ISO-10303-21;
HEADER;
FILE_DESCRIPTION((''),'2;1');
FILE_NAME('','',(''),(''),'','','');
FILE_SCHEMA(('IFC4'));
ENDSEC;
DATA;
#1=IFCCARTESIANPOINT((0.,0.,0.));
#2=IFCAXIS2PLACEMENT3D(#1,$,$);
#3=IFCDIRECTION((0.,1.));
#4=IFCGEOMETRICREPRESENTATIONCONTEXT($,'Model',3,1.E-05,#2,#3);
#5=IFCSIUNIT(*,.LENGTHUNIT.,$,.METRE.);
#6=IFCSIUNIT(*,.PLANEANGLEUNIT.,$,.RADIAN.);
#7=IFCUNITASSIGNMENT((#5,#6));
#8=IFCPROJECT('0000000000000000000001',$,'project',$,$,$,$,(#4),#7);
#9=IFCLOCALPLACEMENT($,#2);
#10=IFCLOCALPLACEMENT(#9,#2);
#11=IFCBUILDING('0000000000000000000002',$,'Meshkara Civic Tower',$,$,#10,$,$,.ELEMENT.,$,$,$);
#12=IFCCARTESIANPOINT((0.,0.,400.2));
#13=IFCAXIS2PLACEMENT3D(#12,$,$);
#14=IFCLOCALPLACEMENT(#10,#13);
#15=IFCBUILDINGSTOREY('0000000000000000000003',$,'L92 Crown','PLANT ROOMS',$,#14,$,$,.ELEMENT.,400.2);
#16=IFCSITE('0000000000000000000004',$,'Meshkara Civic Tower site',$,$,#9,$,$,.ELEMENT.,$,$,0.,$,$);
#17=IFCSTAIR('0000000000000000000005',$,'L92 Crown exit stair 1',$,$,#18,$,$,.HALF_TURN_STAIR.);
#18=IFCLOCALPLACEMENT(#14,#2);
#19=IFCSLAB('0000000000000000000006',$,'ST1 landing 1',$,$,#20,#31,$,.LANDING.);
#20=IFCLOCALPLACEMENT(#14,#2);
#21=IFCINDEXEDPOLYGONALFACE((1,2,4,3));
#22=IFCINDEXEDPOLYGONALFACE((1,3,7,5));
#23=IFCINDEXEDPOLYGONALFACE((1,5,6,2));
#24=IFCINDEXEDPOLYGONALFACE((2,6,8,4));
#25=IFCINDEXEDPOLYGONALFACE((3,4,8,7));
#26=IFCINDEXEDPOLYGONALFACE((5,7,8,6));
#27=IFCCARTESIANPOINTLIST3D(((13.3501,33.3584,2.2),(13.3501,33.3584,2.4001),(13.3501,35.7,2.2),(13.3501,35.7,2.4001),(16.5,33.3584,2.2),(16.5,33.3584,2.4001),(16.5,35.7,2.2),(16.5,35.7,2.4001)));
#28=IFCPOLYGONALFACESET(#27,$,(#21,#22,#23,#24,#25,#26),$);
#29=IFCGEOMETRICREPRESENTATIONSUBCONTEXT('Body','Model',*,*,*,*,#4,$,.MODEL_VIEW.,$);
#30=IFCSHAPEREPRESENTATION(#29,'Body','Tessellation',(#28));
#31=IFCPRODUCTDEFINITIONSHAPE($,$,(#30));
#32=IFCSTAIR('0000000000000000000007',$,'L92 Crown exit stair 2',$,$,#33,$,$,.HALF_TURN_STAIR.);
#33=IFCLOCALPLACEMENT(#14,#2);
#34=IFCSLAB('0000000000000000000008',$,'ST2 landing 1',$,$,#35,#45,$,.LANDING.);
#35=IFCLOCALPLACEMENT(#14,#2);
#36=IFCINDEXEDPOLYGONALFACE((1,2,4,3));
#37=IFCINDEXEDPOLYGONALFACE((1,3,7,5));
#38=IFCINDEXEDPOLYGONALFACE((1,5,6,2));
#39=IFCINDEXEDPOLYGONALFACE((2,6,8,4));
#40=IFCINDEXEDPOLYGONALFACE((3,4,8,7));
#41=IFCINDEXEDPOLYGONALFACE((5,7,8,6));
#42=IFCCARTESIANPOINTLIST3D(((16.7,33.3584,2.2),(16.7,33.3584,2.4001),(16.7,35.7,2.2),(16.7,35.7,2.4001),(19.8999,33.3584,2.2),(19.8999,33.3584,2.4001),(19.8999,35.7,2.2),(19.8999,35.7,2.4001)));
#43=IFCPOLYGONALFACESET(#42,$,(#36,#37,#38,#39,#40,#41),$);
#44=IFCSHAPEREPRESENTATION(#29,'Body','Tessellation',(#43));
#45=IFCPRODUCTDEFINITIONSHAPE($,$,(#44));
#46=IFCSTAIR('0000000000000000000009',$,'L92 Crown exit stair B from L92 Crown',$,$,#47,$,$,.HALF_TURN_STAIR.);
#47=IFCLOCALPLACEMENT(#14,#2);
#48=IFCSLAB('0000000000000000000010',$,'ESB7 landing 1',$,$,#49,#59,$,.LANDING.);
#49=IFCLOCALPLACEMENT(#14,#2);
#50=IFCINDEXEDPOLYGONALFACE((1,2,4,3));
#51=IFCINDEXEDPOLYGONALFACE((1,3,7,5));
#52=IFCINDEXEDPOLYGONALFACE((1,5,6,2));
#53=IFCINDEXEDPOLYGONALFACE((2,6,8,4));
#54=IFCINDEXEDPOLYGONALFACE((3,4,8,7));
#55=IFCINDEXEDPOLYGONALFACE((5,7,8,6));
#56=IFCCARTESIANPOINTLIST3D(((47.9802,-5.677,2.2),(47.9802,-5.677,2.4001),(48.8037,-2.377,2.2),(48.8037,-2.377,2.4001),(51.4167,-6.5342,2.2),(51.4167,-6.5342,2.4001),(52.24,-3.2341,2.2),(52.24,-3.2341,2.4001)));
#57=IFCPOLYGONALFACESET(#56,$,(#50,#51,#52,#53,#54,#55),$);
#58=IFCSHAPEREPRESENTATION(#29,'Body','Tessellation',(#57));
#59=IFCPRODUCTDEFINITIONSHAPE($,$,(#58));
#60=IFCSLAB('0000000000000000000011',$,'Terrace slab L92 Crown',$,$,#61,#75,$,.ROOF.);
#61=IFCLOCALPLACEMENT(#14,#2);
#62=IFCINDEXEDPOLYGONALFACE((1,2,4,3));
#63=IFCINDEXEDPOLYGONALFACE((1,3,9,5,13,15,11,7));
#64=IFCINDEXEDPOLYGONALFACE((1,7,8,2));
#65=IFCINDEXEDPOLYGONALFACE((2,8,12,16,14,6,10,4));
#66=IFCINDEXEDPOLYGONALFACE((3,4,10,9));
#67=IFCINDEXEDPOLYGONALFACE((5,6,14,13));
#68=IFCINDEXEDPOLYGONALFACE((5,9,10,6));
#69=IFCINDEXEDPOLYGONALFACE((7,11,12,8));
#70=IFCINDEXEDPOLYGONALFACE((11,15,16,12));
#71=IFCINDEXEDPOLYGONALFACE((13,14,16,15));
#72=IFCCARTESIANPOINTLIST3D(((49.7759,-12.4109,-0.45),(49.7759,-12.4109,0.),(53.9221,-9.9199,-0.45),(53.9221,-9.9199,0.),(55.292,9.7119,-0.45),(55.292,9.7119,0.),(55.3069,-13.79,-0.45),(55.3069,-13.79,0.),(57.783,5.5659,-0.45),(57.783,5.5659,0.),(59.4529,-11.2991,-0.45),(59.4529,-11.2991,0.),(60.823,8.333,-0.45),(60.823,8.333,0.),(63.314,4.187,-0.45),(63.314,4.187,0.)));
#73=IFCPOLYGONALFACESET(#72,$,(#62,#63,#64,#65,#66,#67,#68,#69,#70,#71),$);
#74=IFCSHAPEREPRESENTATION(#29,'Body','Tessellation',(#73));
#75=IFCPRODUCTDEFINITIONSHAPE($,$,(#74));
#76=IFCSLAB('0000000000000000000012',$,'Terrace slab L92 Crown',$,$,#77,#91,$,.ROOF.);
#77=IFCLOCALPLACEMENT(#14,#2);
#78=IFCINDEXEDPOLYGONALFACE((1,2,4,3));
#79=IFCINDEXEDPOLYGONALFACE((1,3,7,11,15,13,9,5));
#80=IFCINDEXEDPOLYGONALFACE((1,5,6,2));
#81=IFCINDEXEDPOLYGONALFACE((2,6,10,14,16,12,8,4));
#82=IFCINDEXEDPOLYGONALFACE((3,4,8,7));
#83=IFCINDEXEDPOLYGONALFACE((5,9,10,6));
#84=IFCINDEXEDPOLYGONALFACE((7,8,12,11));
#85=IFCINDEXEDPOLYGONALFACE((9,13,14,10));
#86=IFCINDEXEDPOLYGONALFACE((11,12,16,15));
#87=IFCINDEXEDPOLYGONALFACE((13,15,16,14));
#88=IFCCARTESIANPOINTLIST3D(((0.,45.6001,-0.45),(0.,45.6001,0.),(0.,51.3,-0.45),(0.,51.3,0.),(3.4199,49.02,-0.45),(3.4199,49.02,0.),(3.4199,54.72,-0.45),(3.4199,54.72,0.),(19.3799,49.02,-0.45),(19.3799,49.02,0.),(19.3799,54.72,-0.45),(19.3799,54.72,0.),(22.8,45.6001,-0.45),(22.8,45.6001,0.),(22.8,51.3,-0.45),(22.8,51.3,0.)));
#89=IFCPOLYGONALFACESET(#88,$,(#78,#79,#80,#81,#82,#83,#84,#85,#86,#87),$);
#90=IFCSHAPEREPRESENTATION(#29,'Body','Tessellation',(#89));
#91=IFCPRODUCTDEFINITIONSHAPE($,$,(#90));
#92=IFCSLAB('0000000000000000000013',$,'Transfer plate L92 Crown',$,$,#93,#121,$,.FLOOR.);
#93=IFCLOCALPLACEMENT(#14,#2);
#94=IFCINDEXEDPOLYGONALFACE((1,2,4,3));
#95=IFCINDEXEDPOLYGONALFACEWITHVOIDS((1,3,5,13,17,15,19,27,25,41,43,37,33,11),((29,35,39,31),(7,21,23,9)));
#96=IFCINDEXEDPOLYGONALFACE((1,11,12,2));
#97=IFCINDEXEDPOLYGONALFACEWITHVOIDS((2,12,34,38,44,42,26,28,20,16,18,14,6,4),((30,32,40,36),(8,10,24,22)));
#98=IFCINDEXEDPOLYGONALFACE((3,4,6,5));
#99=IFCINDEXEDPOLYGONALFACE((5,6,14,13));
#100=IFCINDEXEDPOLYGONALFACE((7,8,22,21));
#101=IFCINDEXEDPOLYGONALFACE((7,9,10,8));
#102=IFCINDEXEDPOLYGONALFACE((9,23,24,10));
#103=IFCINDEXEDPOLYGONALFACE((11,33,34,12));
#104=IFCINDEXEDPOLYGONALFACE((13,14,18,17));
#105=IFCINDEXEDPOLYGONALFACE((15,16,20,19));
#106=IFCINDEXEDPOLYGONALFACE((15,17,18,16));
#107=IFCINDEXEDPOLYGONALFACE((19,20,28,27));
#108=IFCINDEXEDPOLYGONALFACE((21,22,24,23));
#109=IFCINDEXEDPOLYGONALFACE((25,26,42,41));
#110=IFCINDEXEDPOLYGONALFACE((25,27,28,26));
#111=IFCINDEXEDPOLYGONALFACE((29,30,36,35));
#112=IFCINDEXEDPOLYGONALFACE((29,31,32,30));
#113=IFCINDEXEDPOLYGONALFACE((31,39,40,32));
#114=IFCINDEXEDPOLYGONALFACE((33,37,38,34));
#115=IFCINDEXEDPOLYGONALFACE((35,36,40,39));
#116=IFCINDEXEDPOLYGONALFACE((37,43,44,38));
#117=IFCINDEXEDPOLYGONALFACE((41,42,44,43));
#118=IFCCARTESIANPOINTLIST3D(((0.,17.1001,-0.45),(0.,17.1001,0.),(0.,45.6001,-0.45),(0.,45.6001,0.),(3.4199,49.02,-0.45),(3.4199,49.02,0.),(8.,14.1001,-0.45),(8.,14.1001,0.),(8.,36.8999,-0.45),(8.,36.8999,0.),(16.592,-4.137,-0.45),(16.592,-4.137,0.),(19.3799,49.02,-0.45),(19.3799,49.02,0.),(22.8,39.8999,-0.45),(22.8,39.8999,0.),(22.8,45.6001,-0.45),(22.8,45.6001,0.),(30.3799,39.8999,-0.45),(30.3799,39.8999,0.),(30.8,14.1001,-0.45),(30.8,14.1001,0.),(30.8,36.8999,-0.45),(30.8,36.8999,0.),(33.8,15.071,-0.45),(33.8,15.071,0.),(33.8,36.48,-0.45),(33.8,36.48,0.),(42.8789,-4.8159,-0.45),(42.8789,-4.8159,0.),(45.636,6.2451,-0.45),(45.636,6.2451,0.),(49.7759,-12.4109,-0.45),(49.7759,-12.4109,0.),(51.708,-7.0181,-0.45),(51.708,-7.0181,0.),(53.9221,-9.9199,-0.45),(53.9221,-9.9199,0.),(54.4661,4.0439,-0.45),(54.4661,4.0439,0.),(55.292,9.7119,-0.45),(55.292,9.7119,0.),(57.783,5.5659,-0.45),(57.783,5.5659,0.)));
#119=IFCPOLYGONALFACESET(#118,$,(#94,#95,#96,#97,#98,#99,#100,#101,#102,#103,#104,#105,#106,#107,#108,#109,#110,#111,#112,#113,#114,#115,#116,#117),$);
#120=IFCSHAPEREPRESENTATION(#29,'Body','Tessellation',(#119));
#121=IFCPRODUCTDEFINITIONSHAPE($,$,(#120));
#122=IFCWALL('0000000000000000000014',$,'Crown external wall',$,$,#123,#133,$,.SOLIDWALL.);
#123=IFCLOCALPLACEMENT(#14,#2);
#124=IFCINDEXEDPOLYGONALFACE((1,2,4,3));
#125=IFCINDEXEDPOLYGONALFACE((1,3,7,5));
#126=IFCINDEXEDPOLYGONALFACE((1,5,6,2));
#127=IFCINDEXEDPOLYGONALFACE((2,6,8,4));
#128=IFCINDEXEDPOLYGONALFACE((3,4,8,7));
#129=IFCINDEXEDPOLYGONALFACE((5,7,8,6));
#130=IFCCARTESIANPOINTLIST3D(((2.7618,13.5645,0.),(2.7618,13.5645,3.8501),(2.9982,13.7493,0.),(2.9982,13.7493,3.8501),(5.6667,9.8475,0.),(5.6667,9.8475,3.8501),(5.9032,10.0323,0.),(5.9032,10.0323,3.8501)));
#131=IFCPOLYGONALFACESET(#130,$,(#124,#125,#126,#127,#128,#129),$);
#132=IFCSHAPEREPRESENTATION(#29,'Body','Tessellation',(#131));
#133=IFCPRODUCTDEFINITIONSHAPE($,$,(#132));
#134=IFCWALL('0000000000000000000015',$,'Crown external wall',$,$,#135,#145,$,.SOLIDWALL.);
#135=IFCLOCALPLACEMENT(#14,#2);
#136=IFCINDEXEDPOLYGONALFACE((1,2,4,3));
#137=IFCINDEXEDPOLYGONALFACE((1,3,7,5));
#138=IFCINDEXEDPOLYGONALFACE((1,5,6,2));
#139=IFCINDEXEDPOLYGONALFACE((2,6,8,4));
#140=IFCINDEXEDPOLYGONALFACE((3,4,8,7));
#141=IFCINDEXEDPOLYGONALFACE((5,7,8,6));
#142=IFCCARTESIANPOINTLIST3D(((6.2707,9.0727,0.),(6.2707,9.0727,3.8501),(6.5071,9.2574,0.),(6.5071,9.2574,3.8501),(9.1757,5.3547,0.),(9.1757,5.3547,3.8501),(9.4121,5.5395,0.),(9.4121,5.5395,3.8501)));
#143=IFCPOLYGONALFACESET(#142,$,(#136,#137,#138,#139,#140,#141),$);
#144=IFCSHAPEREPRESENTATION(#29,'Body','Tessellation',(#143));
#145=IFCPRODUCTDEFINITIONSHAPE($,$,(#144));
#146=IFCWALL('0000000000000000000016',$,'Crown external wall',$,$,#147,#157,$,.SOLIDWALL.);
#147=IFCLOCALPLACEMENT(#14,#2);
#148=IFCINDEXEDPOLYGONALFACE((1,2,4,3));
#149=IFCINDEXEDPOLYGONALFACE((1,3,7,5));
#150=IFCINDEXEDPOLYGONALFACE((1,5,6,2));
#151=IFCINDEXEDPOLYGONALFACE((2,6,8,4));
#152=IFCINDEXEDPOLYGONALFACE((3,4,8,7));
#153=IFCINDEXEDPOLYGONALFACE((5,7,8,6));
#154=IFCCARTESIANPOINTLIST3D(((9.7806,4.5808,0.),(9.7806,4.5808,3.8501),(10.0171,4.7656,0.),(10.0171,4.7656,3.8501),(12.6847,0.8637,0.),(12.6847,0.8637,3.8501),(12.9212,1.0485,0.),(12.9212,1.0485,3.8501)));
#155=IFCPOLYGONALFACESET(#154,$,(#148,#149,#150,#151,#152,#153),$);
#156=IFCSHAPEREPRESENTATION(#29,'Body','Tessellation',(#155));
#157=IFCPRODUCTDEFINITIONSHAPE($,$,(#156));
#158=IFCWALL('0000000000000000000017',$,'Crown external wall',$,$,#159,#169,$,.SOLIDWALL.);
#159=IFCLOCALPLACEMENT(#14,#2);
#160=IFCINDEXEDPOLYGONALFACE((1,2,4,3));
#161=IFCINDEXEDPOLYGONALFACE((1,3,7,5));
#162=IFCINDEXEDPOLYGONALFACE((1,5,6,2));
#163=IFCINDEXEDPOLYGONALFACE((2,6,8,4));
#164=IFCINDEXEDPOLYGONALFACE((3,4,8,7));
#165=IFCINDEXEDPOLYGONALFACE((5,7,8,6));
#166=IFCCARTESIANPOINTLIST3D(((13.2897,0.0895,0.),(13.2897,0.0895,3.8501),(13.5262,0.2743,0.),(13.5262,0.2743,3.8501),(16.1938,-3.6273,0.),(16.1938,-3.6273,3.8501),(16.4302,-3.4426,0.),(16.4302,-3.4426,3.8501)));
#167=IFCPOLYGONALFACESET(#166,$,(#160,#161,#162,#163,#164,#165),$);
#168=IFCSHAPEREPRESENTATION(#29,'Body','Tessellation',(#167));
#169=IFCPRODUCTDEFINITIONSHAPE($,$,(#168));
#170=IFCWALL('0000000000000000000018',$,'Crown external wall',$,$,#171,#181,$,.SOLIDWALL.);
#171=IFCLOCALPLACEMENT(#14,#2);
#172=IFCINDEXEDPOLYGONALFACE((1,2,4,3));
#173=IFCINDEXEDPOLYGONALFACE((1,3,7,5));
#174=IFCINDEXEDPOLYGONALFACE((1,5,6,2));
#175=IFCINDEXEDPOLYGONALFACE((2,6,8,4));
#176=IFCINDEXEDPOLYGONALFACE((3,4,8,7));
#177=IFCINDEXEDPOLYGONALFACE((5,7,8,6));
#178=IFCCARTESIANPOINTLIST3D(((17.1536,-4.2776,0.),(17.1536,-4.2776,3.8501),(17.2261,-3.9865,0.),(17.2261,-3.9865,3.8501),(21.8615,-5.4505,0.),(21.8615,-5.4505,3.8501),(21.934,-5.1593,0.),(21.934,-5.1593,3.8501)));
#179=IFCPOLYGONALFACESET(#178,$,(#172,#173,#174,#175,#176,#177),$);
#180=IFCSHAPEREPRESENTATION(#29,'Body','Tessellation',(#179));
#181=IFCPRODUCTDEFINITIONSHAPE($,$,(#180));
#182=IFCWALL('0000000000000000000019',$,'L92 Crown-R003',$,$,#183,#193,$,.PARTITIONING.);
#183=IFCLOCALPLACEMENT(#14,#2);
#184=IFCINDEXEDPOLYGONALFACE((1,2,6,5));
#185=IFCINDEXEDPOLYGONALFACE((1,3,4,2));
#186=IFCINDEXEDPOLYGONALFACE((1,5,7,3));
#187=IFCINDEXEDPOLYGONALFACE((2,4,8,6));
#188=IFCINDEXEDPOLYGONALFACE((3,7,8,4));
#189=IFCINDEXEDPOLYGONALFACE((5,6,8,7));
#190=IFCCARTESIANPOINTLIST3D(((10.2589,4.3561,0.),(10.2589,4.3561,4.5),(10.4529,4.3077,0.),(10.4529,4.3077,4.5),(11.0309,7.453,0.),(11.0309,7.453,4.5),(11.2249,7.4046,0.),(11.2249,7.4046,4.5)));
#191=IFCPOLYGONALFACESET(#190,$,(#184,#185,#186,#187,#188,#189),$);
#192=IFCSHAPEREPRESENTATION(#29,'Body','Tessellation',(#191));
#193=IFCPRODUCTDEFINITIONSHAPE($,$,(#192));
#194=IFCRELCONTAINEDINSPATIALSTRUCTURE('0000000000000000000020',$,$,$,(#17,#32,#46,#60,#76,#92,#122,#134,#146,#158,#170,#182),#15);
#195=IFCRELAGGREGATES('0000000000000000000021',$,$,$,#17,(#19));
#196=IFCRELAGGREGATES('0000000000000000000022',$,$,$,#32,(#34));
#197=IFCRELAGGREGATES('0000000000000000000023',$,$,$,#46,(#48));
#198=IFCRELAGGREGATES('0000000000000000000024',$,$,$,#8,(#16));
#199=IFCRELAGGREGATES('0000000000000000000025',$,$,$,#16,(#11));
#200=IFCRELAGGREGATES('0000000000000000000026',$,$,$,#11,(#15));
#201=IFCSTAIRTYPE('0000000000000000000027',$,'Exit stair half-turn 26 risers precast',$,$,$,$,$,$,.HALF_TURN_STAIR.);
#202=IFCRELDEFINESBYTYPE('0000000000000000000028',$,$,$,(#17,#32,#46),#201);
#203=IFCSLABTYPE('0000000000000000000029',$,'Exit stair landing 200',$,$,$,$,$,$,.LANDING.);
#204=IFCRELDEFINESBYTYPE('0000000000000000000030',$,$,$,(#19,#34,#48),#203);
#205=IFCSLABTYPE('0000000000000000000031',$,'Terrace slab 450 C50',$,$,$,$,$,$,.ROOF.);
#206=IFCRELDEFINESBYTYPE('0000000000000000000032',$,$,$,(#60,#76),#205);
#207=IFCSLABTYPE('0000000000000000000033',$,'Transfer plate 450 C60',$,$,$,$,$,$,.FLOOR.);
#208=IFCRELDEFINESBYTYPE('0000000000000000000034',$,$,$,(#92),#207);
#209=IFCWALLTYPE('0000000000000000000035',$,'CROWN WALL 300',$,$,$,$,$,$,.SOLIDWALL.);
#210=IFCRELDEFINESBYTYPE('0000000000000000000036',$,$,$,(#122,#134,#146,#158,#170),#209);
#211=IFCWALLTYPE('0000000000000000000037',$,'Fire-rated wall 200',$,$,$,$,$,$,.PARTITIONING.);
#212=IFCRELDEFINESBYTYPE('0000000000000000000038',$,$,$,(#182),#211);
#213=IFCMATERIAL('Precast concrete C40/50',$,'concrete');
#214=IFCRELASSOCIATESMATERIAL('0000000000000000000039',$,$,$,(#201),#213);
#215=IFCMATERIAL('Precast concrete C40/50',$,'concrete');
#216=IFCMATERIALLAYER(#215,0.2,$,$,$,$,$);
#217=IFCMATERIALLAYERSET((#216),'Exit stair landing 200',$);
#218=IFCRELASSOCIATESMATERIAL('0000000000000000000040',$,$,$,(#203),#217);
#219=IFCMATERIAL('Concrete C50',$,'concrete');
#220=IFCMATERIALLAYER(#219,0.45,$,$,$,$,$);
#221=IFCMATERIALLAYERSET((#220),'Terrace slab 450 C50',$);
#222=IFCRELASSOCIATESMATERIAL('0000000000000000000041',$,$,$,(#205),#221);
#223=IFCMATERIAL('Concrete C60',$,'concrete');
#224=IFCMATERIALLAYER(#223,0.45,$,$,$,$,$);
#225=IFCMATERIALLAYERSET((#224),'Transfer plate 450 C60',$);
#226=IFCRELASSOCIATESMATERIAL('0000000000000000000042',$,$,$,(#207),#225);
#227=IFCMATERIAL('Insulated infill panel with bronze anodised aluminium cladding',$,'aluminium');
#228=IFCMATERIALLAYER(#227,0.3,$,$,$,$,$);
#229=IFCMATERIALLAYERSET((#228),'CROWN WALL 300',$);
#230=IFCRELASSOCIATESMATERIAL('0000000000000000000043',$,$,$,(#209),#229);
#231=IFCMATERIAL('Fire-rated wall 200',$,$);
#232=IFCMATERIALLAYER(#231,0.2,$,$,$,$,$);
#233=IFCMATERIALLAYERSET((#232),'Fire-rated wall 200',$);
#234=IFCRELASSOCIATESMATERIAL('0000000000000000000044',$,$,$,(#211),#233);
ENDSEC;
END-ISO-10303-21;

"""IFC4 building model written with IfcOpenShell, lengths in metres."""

from ifc_helpers import new_model, si_unit, direction, frame, frame_2d, origin, place, context, subcontext, project, spatial, polyline, rectangle, outline, extrude, material, layer, layer_set, type_object, element, aggregate, save


model = new_model("IFC4")

# Units and contexts
model_context = context("Model", 3, precision=1e-05, world=origin(), true_north=direction((0.0, 1.0)))
body_context = subcontext(model_context, "Body", "Model", "MODEL_VIEW")
ifc_project = project(units=[si_unit("LENGTHUNIT", "METRE"), si_unit("PLANEANGLEUNIT", "RADIAN")], contexts=[model_context])

# Site, building, storey
site_placement = place(None, origin())
site = spatial("IfcSite", under=ifc_project, at=site_placement, Name="Meshkara Civic Tower site", CompositionType="ELEMENT", RefElevation=0.0)
building_placement = place(site_placement, origin())
building = spatial("IfcBuilding", under=site, at=building_placement, Name="Meshkara Civic Tower", CompositionType="ELEMENT")
storey_placement = place(building_placement, frame((0.0, 0.0, 400.2)))
storey = spatial("IfcBuildingStorey", under=building, at=storey_placement, Name="L92 Crown", Description="PLANT ROOMS", CompositionType="ELEMENT", Elevation=400.2)

# Stairs, slabs
ifc_material_1 = material(Name="Precast concrete C40/50", Category="concrete")
stair_type = type_object("IfcStairType", Name="Exit stair half-turn 26 risers precast", PredefinedType="HALF_TURN_STAIR", material=ifc_material_1)
stair_1_placement = place(storey_placement, origin())
stair_1 = element("IfcStair", 1, at=stair_1_placement, inside=storey, type_object=stair_type, Name="L92 Crown exit stair 1", PredefinedType="HALF_TURN_STAIR")
ifc_material_2 = material(Name="Precast concrete C40/50", Category="concrete")
ifc_layer_1 = layer(ifc_material_2, 0.2)
ifc_layer_set_1 = layer_set([ifc_layer_1], Name="Exit stair landing 200")
slab_type_1 = type_object("IfcSlabType", Name="Exit stair landing 200", PredefinedType="LANDING", material=ifc_layer_set_1)
slab_1_placement = place(storey_placement, frame((0.0, 0.0, 2.2)))
slab_1 = element("IfcSlab", 2, at=slab_1_placement, type_object=slab_type_1, Name="ST1 landing 1", PredefinedType="LANDING", context=body_context, shape_type="SweptSolid", body=[
    extrude(outline(polyline([(16.5, 33.3584), (16.5, 35.7), (13.3501, 35.7), (13.3501, 33.3584), (16.5, 33.3584)])), origin(), (0.0, 0.0, 1.0), 0.2002),
])
aggregate(stair_1, [slab_1])
stair_2_placement = place(storey_placement, origin())
stair_2 = element("IfcStair", 3, at=stair_2_placement, inside=storey, type_object=stair_type, Name="L92 Crown exit stair 2", PredefinedType="HALF_TURN_STAIR")
slab_2_placement = place(storey_placement, frame((0.0, 0.0, 2.2)))
slab_2 = element("IfcSlab", 4, at=slab_2_placement, type_object=slab_type_1, Name="ST2 landing 1", PredefinedType="LANDING", context=body_context, shape_type="SweptSolid", body=[
    extrude(outline(polyline([(19.8999, 33.3584), (19.8999, 35.7), (16.7, 35.7), (16.7, 33.3584), (19.8999, 33.3584)])), origin(), (0.0, 0.0, 1.0), 0.2002),
])
aggregate(stair_2, [slab_2])
stair_3_placement = place(storey_placement, origin())
stair_3 = element("IfcStair", 5, at=stair_3_placement, inside=storey, type_object=stair_type, Name="L92 Crown exit stair B from L92 Crown", PredefinedType="HALF_TURN_STAIR")
slab_3_placement = place(storey_placement, frame((0.0, 0.0, 2.2)))
slab_3 = element("IfcSlab", 6, at=slab_3_placement, type_object=slab_type_1, Name="ESB7 landing 1", PredefinedType="LANDING", context=body_context, shape_type="SweptSolid", body=[
    extrude(outline(polyline([(47.9802, -5.677), (51.4167, -6.5342), (52.24, -3.2341), (48.8037, -2.377), (47.9802, -5.677)])), origin(), (0.0, 0.0, 1.0), 0.2002),
])
aggregate(stair_3, [slab_3])

# Slabs
ifc_material_3 = material(Name="Concrete C50", Category="concrete")
ifc_layer_2 = layer(ifc_material_3, 0.45)
ifc_layer_set_2 = layer_set([ifc_layer_2], Name="Terrace slab 450 C50")
slab_type_2 = type_object("IfcSlabType", Name="Terrace slab 450 C50", PredefinedType="ROOF", material=ifc_layer_set_2)
slab_4_placement = place(storey_placement, frame((0.0, 0.0, -0.45)))
element("IfcSlab", 7, at=slab_4_placement, inside=storey, type_object=slab_type_2, Name="Terrace slab L92 Crown", PredefinedType="ROOF", context=body_context, shape_type="SweptSolid", body=[
    extrude(outline(polyline([(63.314, 4.187), (59.4529, -11.2991), (55.3069, -13.79), (49.7759, -12.4109), (53.9221, -9.9199), (57.783, 5.5659), (55.292, 9.7119), (60.823, 8.333), (63.314, 4.187)])), origin(), (0.0, 0.0, 1.0), 0.45),
])
slab_5_placement = place(storey_placement, frame((0.0, 0.0, -0.45)))
element("IfcSlab", 8, at=slab_5_placement, inside=storey, type_object=slab_type_2, Name="Terrace slab L92 Crown", PredefinedType="ROOF", context=body_context, shape_type="SweptSolid", body=[
    extrude(outline(polyline([(3.4199, 54.72), (19.3799, 54.72), (22.8, 51.3), (22.8, 45.6001), (19.3799, 49.02), (3.4199, 49.02), (0.0, 45.6001), (0.0, 51.3), (3.4199, 54.72)])), origin(), (0.0, 0.0, 1.0), 0.45),
])
ifc_material_4 = material(Name="Concrete C60", Category="concrete")
ifc_layer_3 = layer(ifc_material_4, 0.45)
ifc_layer_set_3 = layer_set([ifc_layer_3], Name="Transfer plate 450 C60")
slab_type_3 = type_object("IfcSlabType", Name="Transfer plate 450 C60", PredefinedType="FLOOR", material=ifc_layer_set_3)
slab_6_placement = place(storey_placement, frame((0.0, 0.0, -0.45)))
element("IfcSlab", 9, at=slab_6_placement, inside=storey, type_object=slab_type_3, Name="Transfer plate L92 Crown", PredefinedType="FLOOR", context=body_context, shape_type="SweptSolid", body=[
    extrude(outline(polyline([(53.9221, -9.9199), (49.7759, -12.4109), (16.592, -4.137), (0.0, 17.1001), (0.0, 45.6001), (3.4199, 49.02), (19.3799, 49.02), (22.8, 45.6001), (22.8, 39.8999), (30.3799, 39.8999), (33.8, 36.48), (33.8, 15.071), (55.292, 9.7119), (57.783, 5.5659), (53.9221, -9.9199)]), holes=[polyline([(51.708, -7.0181), (54.4661, 4.0439), (45.636, 6.2451), (42.8789, -4.8159), (51.708, -7.0181)]), polyline([(30.8, 36.8999), (8.0, 36.8999), (8.0, 14.1001), (30.8, 14.1001), (30.8, 36.8999)])]), origin(), (0.0, 0.0, 1.0), 0.45),
])

# Walls
ifc_material_5 = material(Name="Insulated infill panel with bronze anodised aluminium cladding", Category="aluminium")
ifc_layer_4 = layer(ifc_material_5, 0.3)
ifc_layer_set_4 = layer_set([ifc_layer_4], Name="CROWN WALL 300")
wall_type_1 = type_object("IfcWallType", Name="CROWN WALL 300", PredefinedType="SOLIDWALL", material=ifc_layer_set_4)
wall_1_placement = place(storey_placement, frame((2.8799, 13.657, 0.0), z_axis=(0.0, 0.0, 1.0), x_axis=(0.615788, -0.787912, 0.0)))
element("IfcWall", 10, at=wall_1_placement, inside=storey, type_object=wall_type_1, Name="Crown external wall", PredefinedType="SOLIDWALL", context=body_context, shape_type="SweptSolid", body=[
    extrude(rectangle(XDim=4.7175, YDim=0.3, at=frame_2d((2.3589, 0.0))), origin(), (0.0, 0.0, 1.0), 3.8501),
])
wall_2_placement = place(storey_placement, frame((6.3889, 9.165, 0.0), z_axis=(0.0, 0.0, 1.0), x_axis=(0.615687, -0.787991, 0.0)))
element("IfcWall", 11, at=wall_2_placement, inside=storey, type_object=wall_type_1, Name="Crown external wall", PredefinedType="SOLIDWALL", context=body_context, shape_type="SweptSolid", body=[
    extrude(rectangle(XDim=4.7183, YDim=0.3, at=frame_2d((2.3591, 0.0))), origin(), (0.0, 0.0, 1.0), 3.8501),
])
wall_3_placement = place(storey_placement, frame((9.8989, 4.6731, 0.0), z_axis=(0.0, 0.0, 1.0), x_axis=(0.615659, -0.788013, 0.0)))
element("IfcWall", 12, at=wall_3_placement, inside=storey, type_object=wall_type_1, Name="Crown external wall", PredefinedType="SOLIDWALL", context=body_context, shape_type="SweptSolid", body=[
    extrude(rectangle(XDim=4.717, YDim=0.3, at=frame_2d((2.3584, 0.0))), origin(), (0.0, 0.0, 1.0), 3.8501),
])
wall_4_placement = place(storey_placement, frame((13.408, 0.1819, 0.0), z_axis=(0.0, 0.0, 1.0), x_axis=(0.615684, -0.787993, 0.0)))
element("IfcWall", 13, at=wall_4_placement, inside=storey, type_object=wall_type_1, Name="Crown external wall", PredefinedType="SOLIDWALL", context=body_context, shape_type="SweptSolid", body=[
    extrude(rectangle(XDim=4.7168, YDim=0.3, at=frame_2d((2.3584, 0.0))), origin(), (0.0, 0.0, 1.0), 3.8501),
])
wall_5_placement = place(storey_placement, frame((17.1899, -4.1321, 0.0), z_axis=(0.0, 0.0, 1.0), x_axis=(0.970343, -0.24173, 0.0)))
element("IfcWall", 14, at=wall_5_placement, inside=storey, type_object=wall_type_1, Name="Crown external wall", PredefinedType="SOLIDWALL", context=body_context, shape_type="SweptSolid", body=[
    extrude(rectangle(XDim=4.8518, YDim=0.3, at=frame_2d((2.4258, 0.0))), origin(), (0.0, 0.0, 1.0), 3.8501),
])
ifc_material_6 = material(Name="Fire-rated wall 200")
ifc_layer_5 = layer(ifc_material_6, 0.2)
ifc_layer_set_5 = layer_set([ifc_layer_5], Name="Fire-rated wall 200")
wall_type_2 = type_object("IfcWallType", Name="Fire-rated wall 200", PredefinedType="PARTITIONING", material=ifc_layer_set_5)
wall_6_placement = place(storey_placement, frame((10.356, 4.332, 0.0), z_axis=(0.0, 0.0, 1.0), x_axis=(0.24187, 0.970309, 0.0)))
element("IfcWall", 15, at=wall_6_placement, inside=storey, type_object=wall_type_2, Name="L92 Crown-R003", PredefinedType="PARTITIONING", context=body_context, shape_type="SweptSolid", body=[
    extrude(rectangle(XDim=3.1917, YDim=0.2, at=frame_2d((1.5957, 0.0))), origin(), (0.0, 0.0, 1.0), 4.5),
])

save(model, "model.ifc")
